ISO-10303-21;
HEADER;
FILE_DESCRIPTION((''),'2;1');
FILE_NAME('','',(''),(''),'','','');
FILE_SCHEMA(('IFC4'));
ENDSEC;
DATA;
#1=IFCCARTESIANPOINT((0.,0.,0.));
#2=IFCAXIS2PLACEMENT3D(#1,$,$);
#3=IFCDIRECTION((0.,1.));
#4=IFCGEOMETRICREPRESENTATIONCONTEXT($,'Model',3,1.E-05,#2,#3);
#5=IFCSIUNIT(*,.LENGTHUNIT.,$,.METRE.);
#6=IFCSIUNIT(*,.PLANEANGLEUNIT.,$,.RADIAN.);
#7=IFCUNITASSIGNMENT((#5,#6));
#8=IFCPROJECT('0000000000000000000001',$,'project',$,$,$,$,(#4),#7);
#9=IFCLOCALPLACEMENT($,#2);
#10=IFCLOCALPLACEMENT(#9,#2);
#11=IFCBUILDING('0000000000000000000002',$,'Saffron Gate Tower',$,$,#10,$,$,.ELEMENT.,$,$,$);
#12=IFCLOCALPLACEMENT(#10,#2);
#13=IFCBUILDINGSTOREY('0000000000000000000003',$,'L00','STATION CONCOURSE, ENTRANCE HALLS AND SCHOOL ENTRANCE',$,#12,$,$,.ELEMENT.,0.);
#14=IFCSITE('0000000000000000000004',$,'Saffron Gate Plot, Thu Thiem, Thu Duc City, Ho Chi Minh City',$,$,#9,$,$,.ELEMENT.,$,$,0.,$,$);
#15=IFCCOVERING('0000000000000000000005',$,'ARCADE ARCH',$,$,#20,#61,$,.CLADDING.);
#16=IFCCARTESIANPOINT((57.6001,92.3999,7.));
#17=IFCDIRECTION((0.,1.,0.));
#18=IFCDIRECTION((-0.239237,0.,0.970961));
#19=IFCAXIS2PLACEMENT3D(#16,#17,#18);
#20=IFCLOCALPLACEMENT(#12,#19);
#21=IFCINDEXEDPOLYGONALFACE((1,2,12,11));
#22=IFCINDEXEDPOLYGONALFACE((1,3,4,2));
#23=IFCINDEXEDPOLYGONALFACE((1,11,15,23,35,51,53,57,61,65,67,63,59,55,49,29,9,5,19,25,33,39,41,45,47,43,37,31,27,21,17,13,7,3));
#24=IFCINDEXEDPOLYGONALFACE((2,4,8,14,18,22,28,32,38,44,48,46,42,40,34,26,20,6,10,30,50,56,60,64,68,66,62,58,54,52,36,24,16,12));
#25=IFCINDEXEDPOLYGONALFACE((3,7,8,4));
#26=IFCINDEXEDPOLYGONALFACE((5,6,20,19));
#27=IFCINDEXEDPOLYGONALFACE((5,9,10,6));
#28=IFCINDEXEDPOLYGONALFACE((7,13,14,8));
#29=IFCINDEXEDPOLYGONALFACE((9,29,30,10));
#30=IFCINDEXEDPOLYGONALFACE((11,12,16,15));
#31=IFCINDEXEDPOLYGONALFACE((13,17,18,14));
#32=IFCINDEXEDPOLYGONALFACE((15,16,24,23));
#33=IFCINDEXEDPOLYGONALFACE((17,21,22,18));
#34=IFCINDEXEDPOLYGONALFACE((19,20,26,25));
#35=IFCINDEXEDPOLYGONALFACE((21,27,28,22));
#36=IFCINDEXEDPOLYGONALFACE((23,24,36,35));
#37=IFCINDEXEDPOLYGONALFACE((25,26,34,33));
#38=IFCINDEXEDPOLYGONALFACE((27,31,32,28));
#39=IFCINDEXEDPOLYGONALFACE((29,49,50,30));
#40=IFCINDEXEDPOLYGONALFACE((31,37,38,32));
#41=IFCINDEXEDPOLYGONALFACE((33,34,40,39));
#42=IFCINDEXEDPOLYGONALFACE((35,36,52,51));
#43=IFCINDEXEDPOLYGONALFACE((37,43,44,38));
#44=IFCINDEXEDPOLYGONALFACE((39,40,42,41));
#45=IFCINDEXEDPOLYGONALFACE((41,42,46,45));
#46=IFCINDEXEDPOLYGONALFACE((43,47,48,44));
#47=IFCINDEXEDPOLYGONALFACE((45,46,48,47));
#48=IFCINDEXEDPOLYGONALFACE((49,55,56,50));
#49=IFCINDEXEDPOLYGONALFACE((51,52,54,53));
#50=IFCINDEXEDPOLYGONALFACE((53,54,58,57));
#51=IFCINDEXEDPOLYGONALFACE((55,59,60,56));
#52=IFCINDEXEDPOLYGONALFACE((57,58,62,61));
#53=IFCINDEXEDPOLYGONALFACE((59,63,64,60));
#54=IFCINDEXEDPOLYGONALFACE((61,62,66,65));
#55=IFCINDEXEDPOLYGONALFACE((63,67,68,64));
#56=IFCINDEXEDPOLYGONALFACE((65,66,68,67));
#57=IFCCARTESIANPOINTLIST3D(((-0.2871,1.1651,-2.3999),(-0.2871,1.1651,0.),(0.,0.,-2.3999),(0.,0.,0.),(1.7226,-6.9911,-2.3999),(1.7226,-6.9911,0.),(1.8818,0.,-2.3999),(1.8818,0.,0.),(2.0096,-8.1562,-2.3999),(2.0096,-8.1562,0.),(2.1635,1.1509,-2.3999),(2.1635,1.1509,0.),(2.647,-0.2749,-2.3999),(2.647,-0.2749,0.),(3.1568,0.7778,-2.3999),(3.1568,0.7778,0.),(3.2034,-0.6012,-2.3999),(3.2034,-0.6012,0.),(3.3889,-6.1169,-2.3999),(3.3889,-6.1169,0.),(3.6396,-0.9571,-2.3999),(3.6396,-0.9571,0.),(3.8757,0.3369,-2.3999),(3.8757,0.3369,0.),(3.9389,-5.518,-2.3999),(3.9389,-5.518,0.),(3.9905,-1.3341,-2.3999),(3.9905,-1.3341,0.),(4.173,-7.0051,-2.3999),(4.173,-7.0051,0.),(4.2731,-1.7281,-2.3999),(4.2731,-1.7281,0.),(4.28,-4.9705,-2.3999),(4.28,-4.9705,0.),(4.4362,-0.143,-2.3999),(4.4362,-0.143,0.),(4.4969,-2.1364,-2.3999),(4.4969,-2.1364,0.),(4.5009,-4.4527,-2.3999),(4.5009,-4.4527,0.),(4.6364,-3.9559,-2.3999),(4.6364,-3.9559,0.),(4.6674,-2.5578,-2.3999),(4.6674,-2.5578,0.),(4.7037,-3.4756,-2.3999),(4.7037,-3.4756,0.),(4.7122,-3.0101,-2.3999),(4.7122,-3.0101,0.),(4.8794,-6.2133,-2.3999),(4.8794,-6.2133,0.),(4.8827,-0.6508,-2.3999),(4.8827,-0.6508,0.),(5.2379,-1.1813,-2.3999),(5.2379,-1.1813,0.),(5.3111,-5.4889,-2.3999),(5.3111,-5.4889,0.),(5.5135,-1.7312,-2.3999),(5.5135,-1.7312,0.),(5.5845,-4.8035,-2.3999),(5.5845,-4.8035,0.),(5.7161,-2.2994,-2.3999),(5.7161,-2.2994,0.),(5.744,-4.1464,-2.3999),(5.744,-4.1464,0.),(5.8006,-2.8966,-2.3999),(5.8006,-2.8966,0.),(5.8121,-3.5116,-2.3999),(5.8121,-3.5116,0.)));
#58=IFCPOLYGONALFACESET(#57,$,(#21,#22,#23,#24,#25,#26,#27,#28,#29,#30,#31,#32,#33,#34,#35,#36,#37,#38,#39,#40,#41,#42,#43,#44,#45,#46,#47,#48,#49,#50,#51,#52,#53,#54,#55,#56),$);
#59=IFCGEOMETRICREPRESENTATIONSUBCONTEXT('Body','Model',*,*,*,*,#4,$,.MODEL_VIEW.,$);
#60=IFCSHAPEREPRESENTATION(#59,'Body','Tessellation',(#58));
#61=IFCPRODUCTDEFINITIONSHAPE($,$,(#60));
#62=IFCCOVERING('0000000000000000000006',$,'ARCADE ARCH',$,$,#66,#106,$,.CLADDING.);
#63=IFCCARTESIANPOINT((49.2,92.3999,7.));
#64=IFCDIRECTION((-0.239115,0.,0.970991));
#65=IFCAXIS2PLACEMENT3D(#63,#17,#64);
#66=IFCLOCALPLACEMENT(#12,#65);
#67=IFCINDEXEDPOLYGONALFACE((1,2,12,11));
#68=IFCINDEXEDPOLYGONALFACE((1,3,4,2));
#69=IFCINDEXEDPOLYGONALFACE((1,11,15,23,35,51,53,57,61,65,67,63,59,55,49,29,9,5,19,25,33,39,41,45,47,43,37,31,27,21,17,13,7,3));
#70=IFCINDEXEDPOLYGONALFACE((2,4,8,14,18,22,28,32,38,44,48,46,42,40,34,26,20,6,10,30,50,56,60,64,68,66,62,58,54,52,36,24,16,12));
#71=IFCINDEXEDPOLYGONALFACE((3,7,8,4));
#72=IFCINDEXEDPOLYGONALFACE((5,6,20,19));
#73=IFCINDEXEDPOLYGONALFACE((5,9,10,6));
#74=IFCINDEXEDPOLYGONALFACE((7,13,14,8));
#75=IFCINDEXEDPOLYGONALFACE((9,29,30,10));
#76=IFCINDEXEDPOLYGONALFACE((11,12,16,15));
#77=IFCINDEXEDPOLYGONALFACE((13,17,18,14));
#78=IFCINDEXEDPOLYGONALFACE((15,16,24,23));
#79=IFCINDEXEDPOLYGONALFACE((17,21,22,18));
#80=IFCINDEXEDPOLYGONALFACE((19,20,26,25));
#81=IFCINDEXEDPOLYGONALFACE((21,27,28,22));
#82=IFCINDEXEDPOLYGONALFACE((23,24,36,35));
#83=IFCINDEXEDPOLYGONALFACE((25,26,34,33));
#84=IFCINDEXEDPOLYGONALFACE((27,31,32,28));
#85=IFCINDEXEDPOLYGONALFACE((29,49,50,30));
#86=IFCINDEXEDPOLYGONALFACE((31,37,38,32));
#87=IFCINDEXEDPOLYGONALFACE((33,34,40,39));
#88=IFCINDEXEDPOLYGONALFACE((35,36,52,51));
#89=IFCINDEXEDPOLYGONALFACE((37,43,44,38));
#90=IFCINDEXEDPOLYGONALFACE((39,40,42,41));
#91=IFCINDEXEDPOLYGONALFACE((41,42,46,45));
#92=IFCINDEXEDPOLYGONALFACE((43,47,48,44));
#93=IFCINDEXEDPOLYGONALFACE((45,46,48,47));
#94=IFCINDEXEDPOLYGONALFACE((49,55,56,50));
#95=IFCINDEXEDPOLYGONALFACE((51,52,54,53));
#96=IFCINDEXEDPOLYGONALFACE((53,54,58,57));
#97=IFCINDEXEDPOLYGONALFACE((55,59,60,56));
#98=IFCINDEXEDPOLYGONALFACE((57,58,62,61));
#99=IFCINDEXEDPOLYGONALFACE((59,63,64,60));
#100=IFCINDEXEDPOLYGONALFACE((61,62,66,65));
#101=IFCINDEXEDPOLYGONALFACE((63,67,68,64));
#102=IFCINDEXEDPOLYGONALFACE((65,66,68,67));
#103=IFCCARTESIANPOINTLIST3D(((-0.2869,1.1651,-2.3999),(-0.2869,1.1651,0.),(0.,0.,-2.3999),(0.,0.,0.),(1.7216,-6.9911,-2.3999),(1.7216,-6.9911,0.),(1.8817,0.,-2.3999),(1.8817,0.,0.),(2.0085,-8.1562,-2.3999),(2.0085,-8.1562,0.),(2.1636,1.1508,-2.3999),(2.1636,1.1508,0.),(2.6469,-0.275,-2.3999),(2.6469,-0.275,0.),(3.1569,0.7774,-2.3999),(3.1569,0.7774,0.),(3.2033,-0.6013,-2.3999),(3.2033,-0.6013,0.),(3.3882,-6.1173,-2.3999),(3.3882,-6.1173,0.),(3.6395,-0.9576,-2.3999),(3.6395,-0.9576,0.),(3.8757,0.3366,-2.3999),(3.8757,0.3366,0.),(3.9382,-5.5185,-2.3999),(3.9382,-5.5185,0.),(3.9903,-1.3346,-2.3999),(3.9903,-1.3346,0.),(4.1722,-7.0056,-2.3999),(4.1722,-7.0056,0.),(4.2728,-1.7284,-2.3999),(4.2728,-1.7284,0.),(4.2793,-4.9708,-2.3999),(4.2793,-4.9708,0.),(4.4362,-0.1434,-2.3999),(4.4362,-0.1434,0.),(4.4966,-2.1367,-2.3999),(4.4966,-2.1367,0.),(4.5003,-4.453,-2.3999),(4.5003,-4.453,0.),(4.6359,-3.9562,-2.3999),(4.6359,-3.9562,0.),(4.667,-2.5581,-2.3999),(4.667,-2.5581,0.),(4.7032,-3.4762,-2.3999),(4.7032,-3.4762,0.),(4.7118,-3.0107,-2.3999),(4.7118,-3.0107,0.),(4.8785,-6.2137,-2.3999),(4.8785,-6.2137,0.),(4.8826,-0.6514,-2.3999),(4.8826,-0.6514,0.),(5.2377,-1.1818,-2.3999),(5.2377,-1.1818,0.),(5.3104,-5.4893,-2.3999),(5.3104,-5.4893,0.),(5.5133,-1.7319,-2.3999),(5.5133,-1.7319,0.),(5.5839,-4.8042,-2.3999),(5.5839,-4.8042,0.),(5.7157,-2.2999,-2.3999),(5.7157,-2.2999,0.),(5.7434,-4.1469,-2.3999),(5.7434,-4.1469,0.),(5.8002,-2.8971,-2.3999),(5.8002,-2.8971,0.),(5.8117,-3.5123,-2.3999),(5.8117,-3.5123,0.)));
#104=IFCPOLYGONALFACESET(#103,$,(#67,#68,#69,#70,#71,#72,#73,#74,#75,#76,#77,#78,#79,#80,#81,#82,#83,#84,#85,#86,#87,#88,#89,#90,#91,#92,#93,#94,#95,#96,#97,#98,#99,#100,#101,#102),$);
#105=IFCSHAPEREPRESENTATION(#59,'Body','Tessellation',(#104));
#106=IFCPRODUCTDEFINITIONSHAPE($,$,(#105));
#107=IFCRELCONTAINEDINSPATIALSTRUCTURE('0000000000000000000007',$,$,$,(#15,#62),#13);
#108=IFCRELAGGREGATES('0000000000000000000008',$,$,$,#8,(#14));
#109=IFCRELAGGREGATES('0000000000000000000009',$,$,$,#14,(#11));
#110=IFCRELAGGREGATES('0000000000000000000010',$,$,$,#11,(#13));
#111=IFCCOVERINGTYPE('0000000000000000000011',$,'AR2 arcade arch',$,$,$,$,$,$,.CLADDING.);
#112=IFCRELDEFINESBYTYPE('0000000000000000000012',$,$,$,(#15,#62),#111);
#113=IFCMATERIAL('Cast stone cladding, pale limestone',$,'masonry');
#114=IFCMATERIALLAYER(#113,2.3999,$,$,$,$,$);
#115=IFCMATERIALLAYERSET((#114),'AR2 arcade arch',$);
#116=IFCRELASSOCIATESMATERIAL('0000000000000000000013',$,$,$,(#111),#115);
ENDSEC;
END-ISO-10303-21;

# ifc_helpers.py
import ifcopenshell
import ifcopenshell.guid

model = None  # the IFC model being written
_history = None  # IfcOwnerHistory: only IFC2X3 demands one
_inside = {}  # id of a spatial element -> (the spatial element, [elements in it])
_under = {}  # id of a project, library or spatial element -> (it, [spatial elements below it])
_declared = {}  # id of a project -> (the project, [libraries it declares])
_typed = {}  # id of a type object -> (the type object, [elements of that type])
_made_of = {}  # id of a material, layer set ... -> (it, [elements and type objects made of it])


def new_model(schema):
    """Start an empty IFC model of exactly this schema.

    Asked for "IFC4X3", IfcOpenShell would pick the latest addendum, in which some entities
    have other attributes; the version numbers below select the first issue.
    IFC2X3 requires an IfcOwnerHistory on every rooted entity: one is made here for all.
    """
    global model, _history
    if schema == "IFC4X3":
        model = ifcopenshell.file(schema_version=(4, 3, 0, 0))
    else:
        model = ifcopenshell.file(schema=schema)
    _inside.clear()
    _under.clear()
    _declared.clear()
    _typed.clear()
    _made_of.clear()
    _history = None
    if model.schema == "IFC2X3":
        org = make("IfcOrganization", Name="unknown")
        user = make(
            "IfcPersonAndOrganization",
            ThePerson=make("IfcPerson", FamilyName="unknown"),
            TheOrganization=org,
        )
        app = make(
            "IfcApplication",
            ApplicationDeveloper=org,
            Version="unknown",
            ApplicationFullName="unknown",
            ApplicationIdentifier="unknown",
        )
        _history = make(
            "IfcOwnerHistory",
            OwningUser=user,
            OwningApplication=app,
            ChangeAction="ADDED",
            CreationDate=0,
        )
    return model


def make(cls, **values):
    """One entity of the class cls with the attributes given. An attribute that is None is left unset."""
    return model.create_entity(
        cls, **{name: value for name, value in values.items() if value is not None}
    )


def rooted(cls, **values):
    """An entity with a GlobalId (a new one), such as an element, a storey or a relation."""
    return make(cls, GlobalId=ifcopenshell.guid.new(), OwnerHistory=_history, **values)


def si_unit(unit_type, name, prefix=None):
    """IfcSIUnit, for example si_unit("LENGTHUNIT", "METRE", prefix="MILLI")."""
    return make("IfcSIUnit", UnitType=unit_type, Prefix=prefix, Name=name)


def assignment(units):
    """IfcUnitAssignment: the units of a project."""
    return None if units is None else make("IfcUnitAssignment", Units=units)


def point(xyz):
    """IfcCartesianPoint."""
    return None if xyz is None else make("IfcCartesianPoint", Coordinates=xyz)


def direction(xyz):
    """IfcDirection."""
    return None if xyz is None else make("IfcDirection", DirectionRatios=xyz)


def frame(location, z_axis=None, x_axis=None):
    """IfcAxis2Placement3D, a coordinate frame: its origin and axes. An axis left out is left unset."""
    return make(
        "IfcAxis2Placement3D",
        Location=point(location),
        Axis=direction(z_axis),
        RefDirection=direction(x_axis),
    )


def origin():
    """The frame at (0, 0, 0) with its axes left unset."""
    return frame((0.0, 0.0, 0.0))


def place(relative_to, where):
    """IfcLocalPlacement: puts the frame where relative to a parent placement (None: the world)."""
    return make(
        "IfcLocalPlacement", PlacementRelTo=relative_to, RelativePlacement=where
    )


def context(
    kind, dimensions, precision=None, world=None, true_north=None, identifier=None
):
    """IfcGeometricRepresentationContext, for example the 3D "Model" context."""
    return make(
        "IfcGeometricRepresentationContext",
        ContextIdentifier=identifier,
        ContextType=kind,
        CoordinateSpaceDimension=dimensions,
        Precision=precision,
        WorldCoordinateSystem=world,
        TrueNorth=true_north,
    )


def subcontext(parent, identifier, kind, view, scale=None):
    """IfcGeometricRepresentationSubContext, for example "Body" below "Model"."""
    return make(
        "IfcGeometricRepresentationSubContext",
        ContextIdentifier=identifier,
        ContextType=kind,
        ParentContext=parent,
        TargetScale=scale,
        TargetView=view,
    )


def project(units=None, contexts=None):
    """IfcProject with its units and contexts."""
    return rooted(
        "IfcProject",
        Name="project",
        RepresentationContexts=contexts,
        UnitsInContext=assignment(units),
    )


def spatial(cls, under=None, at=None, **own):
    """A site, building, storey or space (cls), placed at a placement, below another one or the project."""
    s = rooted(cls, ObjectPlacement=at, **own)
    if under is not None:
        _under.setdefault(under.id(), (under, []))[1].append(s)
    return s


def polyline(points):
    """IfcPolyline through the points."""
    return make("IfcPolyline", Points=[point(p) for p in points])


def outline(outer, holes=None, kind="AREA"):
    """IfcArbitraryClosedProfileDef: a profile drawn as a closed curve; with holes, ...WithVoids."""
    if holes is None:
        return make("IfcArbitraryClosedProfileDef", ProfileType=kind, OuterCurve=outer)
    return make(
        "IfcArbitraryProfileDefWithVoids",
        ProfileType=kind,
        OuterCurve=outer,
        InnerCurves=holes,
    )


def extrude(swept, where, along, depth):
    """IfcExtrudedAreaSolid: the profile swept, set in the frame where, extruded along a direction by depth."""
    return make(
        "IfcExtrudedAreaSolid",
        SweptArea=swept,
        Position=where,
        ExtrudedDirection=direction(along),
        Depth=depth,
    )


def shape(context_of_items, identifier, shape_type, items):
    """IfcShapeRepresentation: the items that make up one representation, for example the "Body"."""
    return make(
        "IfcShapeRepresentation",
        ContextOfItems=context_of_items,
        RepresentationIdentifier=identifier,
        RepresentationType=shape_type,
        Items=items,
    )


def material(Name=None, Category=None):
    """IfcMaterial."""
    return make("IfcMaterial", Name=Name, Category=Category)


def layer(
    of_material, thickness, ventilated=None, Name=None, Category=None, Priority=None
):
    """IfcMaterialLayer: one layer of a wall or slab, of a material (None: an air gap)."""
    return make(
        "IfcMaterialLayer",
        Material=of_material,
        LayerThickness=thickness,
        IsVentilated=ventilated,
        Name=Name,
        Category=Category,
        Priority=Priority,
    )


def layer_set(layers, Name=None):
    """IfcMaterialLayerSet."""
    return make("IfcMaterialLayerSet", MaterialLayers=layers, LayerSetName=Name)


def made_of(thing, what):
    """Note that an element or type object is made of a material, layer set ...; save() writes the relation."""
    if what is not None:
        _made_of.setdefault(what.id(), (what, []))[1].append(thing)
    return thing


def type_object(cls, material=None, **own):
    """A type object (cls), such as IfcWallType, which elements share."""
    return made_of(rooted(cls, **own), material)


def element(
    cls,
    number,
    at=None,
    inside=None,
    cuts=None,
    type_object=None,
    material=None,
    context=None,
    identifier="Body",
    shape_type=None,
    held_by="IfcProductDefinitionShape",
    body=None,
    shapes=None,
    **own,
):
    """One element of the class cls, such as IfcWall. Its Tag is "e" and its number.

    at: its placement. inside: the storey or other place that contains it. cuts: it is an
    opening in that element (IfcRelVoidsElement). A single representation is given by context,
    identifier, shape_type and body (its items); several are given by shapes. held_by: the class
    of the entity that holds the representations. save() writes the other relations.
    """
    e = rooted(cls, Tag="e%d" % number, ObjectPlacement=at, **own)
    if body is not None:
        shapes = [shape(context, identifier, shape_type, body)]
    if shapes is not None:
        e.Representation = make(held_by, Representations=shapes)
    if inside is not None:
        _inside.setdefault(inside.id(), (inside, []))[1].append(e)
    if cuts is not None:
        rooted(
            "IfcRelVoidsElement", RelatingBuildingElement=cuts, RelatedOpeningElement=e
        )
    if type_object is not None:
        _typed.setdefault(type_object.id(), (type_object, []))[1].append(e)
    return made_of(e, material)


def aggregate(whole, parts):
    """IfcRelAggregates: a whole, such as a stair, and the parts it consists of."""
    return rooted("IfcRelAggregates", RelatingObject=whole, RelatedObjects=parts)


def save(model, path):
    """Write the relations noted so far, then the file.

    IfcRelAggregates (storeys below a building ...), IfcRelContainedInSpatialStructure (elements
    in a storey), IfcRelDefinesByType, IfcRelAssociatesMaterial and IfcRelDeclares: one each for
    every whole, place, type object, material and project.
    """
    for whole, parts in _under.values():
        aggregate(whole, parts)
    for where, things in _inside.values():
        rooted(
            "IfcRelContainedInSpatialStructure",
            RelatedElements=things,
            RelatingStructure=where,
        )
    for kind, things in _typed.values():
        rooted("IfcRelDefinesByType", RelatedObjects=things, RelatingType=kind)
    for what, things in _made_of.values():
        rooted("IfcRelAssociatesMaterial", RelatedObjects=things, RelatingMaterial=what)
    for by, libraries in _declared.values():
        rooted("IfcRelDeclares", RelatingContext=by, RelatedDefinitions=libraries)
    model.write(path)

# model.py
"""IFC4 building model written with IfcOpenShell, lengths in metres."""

from ifc_helpers import new_model, si_unit, direction, frame, origin, place, context, subcontext, project, spatial, polyline, outline, extrude, material, layer, layer_set, type_object, element, save


model = new_model("IFC4")

# Units and contexts
model_context = context("Model", 3, precision=1e-05, world=origin(), true_north=direction((0.0, 1.0)))
body_context = subcontext(model_context, "Body", "Model", "MODEL_VIEW")
ifc_project = project(units=[si_unit("LENGTHUNIT", "METRE"), si_unit("PLANEANGLEUNIT", "RADIAN")], contexts=[model_context])

# Site, building, storey
site_placement = place(None, origin())
site = spatial("IfcSite", under=ifc_project, at=site_placement, Name="Saffron Gate Plot, Thu Thiem, Thu Duc City, Ho Chi Minh City", CompositionType="ELEMENT", RefElevation=0.0)
building_placement = place(site_placement, origin())
building = spatial("IfcBuilding", under=site, at=building_placement, Name="Saffron Gate Tower", CompositionType="ELEMENT")
storey_placement = place(building_placement, origin())
storey = spatial("IfcBuildingStorey", under=building, at=storey_placement, Name="L00", Description="STATION CONCOURSE, ENTRANCE HALLS AND SCHOOL ENTRANCE", CompositionType="ELEMENT", Elevation=0.0)

# Coverings
ifc_material_1 = material(Name="Cast stone cladding, pale limestone", Category="masonry")
ifc_layer_1 = layer(ifc_material_1, 2.3999)
ifc_layer_set_1 = layer_set([ifc_layer_1], Name="AR2 arcade arch")
covering_type = type_object("IfcCoveringType", Name="AR2 arcade arch", PredefinedType="CLADDING", material=ifc_layer_set_1)
covering_1_placement = place(storey_placement, frame((57.6001, 92.3999, 7.0), z_axis=(0.0, 1.0, 0.0), x_axis=(-0.239237, 0.0, 0.970961)))
element("IfcCovering", 1, at=covering_1_placement, inside=storey, type_object=covering_type, Name="ARCADE ARCH", PredefinedType="CLADDING", context=body_context, shape_type="SweptSolid", body=[
    extrude(outline(polyline([(0.0, 0.0), (1.8818, 0.0), (2.647, -0.2749), (3.2034, -0.6012), (3.6396, -0.9571), (3.9905, -1.3341), (4.2731, -1.7281), (4.4969, -2.1364), (4.6674, -2.5578), (4.7122, -3.0101), (4.7037, -3.4756), (4.6364, -3.9559), (4.5009, -4.4527), (4.28, -4.9705), (3.9389, -5.518), (3.3889, -6.1169), (1.7226, -6.9911), (2.0096, -8.1562), (4.173, -7.0051), (4.8794, -6.2133), (5.3111, -5.4889), (5.5845, -4.8035), (5.744, -4.1464), (5.8121, -3.5116), (5.8006, -2.8966), (5.7161, -2.2994), (5.5135, -1.7312), (5.2379, -1.1813), (4.8827, -0.6508), (4.4362, -0.143), (3.8757, 0.3369), (3.1568, 0.7778), (2.1635, 1.1509), (-0.2871, 1.1651), (0.0, 0.0)])), origin(), (0.0, 0.0, -1.0), 2.3999),
])
covering_2_placement = place(storey_placement, frame((49.2, 92.3999, 7.0), z_axis=(0.0, 1.0, 0.0), x_axis=(-0.239115, 0.0, 0.970991)))
element("IfcCovering", 2, at=covering_2_placement, inside=storey, type_object=covering_type, Name="ARCADE ARCH", PredefinedType="CLADDING", context=body_context, shape_type="SweptSolid", body=[
    extrude(outline(polyline([(0.0, 0.0), (1.8817, 0.0), (2.6469, -0.275), (3.2033, -0.6013), (3.6395, -0.9576), (3.9903, -1.3346), (4.2728, -1.7284), (4.4966, -2.1367), (4.667, -2.5581), (4.7118, -3.0107), (4.7032, -3.4762), (4.6359, -3.9562), (4.5003, -4.453), (4.2793, -4.9708), (3.9382, -5.5185), (3.3882, -6.1173), (1.7216, -6.9911), (2.0085, -8.1562), (4.1722, -7.0056), (4.8785, -6.2137), (5.3104, -5.4893), (5.5839, -4.8042), (5.7434, -4.1469), (5.8117, -3.5123), (5.8002, -2.8971), (5.7157, -2.2999), (5.5133, -1.7319), (5.2377, -1.1818), (4.8826, -0.6514), (4.4362, -0.1434), (3.8757, 0.3366), (3.1569, 0.7774), (2.1636, 1.1508), (-0.2869, 1.1651), (0.0, 0.0)])), origin(), (0.0, 0.0, -1.0), 2.3999),
])

save(model, "model.ifc")
